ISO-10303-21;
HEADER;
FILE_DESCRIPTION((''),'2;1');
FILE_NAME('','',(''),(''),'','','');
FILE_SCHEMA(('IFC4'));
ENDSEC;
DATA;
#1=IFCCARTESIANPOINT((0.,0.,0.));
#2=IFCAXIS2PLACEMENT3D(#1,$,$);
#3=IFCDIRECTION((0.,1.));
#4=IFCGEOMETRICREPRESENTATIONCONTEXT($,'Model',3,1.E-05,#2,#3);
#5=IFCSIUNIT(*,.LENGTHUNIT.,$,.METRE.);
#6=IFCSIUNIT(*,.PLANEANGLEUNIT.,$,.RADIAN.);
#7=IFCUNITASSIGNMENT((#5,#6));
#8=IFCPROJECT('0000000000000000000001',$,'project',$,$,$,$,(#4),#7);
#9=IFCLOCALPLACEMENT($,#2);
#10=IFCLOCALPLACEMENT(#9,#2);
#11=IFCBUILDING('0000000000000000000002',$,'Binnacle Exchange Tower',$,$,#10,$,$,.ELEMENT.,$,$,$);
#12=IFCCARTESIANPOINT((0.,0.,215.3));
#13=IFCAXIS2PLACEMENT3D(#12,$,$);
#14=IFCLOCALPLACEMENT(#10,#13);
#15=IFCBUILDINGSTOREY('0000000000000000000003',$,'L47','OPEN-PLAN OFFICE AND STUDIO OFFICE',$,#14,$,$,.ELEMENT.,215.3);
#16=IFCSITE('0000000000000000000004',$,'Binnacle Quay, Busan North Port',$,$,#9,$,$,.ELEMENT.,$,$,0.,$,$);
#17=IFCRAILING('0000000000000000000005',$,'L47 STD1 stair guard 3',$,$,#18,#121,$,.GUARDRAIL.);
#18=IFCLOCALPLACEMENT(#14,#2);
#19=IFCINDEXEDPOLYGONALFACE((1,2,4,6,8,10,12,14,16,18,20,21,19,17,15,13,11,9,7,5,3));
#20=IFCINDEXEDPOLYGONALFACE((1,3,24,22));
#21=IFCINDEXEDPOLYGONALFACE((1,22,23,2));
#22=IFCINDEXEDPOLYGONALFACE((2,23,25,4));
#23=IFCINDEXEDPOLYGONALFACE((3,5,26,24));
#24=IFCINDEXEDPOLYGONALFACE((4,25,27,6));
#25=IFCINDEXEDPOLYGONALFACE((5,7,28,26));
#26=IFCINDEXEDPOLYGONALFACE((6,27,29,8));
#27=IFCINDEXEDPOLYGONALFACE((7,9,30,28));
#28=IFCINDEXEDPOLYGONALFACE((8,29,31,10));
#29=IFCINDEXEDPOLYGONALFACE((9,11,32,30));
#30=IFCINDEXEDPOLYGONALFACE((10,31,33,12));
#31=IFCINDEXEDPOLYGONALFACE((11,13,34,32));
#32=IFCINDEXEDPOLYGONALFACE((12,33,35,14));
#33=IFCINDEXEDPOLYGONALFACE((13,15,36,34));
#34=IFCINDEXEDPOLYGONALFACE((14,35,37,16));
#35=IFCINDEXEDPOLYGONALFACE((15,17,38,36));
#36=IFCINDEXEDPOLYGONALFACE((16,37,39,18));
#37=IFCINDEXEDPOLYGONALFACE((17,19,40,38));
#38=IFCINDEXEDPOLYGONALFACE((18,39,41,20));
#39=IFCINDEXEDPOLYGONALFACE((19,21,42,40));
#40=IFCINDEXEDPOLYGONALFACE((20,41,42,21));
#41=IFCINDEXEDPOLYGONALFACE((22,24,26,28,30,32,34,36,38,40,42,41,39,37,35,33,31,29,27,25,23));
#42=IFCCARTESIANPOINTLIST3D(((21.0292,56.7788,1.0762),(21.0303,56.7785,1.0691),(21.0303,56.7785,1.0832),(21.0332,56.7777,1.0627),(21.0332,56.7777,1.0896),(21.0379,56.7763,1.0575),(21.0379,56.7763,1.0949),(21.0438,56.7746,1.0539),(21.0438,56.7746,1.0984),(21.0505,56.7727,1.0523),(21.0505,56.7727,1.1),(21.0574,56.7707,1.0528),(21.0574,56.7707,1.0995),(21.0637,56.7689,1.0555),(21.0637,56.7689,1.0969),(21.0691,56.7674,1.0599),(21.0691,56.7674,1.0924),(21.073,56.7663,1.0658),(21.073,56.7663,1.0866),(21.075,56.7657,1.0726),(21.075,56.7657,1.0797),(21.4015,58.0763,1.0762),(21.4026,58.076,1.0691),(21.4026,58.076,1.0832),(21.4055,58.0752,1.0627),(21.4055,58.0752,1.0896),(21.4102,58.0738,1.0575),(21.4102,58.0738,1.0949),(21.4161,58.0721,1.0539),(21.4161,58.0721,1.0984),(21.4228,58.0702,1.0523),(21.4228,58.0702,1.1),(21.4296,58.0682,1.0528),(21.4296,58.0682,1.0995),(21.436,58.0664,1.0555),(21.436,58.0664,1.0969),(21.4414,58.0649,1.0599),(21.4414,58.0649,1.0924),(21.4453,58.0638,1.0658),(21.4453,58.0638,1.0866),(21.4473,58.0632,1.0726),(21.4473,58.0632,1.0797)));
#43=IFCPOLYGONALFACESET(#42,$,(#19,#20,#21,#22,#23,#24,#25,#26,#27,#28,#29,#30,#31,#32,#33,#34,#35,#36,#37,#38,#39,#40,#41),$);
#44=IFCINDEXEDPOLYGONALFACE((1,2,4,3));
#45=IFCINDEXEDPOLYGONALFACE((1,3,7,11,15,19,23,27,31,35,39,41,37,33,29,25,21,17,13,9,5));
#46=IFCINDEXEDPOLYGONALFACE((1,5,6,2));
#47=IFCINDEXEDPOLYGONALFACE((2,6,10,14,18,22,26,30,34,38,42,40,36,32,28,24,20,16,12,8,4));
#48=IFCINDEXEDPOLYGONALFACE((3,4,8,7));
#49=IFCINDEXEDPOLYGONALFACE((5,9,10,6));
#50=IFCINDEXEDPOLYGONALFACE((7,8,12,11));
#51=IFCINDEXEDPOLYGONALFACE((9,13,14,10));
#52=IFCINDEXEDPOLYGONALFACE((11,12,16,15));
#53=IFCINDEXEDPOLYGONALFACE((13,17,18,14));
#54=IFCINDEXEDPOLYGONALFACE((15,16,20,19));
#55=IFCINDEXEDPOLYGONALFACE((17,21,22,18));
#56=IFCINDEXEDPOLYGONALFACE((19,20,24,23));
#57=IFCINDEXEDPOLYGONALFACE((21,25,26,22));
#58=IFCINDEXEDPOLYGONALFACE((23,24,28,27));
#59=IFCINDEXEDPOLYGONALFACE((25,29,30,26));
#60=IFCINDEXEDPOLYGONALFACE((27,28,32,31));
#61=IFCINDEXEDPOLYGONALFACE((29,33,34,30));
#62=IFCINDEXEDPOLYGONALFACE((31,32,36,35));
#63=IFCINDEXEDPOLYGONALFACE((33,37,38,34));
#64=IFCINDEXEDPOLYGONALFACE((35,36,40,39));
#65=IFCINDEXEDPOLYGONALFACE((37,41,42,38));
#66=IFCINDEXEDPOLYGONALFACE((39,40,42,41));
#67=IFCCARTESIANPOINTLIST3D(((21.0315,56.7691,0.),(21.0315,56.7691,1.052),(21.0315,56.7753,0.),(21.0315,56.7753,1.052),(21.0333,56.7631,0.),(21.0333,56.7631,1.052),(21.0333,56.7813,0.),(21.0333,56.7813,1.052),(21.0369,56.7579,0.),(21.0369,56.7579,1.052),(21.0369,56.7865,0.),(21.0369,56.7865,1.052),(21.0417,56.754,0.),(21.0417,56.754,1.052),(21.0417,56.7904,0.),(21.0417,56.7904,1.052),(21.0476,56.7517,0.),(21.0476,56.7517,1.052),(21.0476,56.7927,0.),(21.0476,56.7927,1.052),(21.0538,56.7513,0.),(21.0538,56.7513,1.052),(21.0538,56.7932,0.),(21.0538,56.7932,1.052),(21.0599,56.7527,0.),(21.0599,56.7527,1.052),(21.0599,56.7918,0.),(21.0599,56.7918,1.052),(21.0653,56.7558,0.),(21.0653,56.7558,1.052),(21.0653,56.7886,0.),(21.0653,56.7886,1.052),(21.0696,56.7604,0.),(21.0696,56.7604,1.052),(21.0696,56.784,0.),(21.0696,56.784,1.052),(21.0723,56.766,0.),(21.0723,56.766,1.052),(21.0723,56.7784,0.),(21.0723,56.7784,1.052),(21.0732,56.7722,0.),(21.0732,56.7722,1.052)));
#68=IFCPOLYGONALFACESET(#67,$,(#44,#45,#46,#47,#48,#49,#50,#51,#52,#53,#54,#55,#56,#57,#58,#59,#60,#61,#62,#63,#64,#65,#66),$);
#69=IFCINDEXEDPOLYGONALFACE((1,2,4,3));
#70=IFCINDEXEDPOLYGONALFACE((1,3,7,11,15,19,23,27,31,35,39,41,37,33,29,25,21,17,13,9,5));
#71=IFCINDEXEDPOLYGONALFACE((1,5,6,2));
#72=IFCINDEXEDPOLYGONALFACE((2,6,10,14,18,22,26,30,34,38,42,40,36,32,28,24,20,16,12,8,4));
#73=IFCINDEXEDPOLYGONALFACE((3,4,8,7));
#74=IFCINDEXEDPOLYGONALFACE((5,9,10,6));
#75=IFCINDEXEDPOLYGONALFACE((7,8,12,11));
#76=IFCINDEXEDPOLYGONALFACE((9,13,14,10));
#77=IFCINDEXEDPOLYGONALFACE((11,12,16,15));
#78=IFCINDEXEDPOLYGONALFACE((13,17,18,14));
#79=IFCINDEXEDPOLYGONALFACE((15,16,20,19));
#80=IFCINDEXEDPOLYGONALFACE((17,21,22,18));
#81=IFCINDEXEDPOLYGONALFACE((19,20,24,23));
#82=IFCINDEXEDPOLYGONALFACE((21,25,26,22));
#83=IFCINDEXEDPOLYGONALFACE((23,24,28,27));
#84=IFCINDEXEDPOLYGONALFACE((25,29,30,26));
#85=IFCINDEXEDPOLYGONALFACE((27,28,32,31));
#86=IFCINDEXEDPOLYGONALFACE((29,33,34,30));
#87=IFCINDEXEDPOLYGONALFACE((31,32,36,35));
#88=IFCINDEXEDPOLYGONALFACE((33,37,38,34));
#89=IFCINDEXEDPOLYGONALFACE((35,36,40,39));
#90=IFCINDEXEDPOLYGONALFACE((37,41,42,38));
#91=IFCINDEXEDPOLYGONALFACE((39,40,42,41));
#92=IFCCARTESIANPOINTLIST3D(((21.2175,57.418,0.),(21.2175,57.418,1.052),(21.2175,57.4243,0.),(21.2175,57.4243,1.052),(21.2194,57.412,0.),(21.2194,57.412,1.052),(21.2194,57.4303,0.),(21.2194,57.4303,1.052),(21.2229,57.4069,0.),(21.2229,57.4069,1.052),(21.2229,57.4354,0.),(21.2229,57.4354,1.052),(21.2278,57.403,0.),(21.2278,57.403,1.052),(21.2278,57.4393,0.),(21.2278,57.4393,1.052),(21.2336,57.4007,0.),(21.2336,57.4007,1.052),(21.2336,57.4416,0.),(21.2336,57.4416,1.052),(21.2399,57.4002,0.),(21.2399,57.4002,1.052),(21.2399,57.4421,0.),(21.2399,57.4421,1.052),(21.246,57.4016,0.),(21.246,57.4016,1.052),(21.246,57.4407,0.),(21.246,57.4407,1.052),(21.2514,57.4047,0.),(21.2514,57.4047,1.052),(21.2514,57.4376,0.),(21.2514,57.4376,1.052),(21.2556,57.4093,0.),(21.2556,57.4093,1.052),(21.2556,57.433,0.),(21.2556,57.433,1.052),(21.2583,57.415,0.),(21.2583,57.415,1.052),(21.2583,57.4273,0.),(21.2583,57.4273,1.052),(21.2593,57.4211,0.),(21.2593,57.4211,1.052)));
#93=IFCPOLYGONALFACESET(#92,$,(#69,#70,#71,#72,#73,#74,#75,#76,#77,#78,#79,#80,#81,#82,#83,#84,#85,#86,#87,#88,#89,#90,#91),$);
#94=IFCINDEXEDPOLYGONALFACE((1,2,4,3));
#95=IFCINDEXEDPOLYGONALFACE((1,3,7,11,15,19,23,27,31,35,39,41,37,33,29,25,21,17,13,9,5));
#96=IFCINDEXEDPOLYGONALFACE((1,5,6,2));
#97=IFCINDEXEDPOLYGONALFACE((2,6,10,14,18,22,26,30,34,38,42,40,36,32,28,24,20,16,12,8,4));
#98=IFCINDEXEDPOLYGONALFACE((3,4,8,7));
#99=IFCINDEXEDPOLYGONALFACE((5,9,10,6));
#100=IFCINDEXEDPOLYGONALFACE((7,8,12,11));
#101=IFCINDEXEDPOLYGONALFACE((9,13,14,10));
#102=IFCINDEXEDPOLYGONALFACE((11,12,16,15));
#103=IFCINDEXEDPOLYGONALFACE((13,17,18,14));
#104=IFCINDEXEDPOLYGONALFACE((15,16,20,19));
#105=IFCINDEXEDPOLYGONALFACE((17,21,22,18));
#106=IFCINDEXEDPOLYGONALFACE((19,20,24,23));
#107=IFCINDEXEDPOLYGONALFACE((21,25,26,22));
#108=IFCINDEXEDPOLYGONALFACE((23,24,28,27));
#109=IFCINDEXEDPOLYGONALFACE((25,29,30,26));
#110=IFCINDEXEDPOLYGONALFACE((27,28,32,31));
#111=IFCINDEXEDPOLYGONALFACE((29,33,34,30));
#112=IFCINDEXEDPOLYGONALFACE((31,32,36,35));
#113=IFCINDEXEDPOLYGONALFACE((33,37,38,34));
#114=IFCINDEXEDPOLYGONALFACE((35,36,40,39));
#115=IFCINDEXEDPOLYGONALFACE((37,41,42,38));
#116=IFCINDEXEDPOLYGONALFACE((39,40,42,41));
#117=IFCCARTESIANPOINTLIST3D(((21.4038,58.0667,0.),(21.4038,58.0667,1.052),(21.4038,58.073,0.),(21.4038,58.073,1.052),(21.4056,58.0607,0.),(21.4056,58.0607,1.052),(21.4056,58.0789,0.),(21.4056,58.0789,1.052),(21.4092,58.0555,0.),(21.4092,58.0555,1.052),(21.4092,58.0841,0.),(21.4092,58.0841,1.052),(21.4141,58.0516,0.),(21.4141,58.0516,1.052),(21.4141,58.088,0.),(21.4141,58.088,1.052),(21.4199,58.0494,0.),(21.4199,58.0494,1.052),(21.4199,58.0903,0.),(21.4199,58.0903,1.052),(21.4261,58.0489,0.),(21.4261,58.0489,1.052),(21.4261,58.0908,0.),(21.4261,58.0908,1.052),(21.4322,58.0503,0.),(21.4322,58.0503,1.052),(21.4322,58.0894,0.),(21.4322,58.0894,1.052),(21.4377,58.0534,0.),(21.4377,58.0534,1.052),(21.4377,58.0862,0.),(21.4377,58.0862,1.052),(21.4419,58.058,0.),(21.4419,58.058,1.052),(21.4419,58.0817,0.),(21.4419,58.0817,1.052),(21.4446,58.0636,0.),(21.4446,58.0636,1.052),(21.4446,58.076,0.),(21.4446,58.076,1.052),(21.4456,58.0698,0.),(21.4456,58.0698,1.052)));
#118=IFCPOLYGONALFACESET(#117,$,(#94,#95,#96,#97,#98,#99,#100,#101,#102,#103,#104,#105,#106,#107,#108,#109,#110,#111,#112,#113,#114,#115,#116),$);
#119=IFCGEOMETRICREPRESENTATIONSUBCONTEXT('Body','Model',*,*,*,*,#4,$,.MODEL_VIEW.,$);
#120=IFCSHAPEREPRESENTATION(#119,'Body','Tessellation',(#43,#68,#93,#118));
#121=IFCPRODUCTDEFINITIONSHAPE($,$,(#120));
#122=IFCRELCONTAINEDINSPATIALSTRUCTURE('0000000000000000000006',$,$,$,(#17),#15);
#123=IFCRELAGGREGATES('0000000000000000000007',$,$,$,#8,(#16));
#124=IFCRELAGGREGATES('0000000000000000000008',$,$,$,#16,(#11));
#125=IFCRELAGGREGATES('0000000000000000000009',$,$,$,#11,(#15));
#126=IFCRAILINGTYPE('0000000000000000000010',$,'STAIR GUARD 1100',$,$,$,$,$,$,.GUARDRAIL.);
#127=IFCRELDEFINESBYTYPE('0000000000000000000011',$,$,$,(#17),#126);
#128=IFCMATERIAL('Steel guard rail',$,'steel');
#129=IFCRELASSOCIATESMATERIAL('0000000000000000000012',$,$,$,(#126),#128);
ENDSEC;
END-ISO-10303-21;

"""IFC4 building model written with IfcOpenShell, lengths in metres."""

from ifc_helpers import new_model, si_unit, direction, frame, origin, origin_2d, place, context, subcontext, project, spatial, circle, extrude, material, type_object, element, save


model = new_model("IFC4")

# Units and contexts
model_context = context("Model", 3, precision=1e-05, world=origin(), true_north=direction((0.0, 1.0)))
body_context = subcontext(model_context, "Body", "Model", "MODEL_VIEW")
ifc_project = project(units=[si_unit("LENGTHUNIT", "METRE"), si_unit("PLANEANGLEUNIT", "RADIAN")], contexts=[model_context])

# Site, building, storey
site_placement = place(None, origin())
site = spatial("IfcSite", under=ifc_project, at=site_placement, Name="Binnacle Quay, Busan North Port", CompositionType="ELEMENT", RefElevation=0.0)
building_placement = place(site_placement, origin())
building = spatial("IfcBuilding", under=site, at=building_placement, Name="Binnacle Exchange Tower", CompositionType="ELEMENT")
storey_placement = place(building_placement, frame((0.0, 0.0, 215.3)))
storey = spatial("IfcBuildingStorey", under=building, at=storey_placement, Name="L47", Description="OPEN-PLAN OFFICE AND STUDIO OFFICE", CompositionType="ELEMENT", Elevation=215.3)

# Railing
ifc_material_1 = material(Name="Steel guard rail", Category="steel")
railing_type = type_object("IfcRailingType", Name="STAIR GUARD 1100", PredefinedType="GUARDRAIL", material=ifc_material_1)
railing_1_placement = place(storey_placement, frame((21.0522, 56.7722, 0.0)))
element("IfcRailing", 1, at=railing_1_placement, inside=storey, type_object=railing_type, Name="L47 STD1 stair guard 3", PredefinedType="GUARDRAIL", context=body_context, shape_type="SweptSolid", body=[
    extrude(circle(Radius=0.0239, at=origin_2d()), frame((0.0, 0.0, 1.0762), z_axis=(0.275796, 0.961216, 0.0), x_axis=(-0.961216, 0.275796, 0.0)), (0.0, 0.0, 1.0), 1.3499),
    extrude(circle(Radius=0.021, at=origin_2d()), origin(), (0.0, 0.0, 1.0), 1.052),
    extrude(circle(Radius=0.021, at=origin_2d()), frame((0.186, 0.6489, 0.0)), (0.0, 0.0, 1.0), 1.052),
    extrude(circle(Radius=0.021, at=origin_2d()), frame((0.3723, 1.2976, 0.0)), (0.0, 0.0, 1.0), 1.052),
])

save(model, "model.ifc")
